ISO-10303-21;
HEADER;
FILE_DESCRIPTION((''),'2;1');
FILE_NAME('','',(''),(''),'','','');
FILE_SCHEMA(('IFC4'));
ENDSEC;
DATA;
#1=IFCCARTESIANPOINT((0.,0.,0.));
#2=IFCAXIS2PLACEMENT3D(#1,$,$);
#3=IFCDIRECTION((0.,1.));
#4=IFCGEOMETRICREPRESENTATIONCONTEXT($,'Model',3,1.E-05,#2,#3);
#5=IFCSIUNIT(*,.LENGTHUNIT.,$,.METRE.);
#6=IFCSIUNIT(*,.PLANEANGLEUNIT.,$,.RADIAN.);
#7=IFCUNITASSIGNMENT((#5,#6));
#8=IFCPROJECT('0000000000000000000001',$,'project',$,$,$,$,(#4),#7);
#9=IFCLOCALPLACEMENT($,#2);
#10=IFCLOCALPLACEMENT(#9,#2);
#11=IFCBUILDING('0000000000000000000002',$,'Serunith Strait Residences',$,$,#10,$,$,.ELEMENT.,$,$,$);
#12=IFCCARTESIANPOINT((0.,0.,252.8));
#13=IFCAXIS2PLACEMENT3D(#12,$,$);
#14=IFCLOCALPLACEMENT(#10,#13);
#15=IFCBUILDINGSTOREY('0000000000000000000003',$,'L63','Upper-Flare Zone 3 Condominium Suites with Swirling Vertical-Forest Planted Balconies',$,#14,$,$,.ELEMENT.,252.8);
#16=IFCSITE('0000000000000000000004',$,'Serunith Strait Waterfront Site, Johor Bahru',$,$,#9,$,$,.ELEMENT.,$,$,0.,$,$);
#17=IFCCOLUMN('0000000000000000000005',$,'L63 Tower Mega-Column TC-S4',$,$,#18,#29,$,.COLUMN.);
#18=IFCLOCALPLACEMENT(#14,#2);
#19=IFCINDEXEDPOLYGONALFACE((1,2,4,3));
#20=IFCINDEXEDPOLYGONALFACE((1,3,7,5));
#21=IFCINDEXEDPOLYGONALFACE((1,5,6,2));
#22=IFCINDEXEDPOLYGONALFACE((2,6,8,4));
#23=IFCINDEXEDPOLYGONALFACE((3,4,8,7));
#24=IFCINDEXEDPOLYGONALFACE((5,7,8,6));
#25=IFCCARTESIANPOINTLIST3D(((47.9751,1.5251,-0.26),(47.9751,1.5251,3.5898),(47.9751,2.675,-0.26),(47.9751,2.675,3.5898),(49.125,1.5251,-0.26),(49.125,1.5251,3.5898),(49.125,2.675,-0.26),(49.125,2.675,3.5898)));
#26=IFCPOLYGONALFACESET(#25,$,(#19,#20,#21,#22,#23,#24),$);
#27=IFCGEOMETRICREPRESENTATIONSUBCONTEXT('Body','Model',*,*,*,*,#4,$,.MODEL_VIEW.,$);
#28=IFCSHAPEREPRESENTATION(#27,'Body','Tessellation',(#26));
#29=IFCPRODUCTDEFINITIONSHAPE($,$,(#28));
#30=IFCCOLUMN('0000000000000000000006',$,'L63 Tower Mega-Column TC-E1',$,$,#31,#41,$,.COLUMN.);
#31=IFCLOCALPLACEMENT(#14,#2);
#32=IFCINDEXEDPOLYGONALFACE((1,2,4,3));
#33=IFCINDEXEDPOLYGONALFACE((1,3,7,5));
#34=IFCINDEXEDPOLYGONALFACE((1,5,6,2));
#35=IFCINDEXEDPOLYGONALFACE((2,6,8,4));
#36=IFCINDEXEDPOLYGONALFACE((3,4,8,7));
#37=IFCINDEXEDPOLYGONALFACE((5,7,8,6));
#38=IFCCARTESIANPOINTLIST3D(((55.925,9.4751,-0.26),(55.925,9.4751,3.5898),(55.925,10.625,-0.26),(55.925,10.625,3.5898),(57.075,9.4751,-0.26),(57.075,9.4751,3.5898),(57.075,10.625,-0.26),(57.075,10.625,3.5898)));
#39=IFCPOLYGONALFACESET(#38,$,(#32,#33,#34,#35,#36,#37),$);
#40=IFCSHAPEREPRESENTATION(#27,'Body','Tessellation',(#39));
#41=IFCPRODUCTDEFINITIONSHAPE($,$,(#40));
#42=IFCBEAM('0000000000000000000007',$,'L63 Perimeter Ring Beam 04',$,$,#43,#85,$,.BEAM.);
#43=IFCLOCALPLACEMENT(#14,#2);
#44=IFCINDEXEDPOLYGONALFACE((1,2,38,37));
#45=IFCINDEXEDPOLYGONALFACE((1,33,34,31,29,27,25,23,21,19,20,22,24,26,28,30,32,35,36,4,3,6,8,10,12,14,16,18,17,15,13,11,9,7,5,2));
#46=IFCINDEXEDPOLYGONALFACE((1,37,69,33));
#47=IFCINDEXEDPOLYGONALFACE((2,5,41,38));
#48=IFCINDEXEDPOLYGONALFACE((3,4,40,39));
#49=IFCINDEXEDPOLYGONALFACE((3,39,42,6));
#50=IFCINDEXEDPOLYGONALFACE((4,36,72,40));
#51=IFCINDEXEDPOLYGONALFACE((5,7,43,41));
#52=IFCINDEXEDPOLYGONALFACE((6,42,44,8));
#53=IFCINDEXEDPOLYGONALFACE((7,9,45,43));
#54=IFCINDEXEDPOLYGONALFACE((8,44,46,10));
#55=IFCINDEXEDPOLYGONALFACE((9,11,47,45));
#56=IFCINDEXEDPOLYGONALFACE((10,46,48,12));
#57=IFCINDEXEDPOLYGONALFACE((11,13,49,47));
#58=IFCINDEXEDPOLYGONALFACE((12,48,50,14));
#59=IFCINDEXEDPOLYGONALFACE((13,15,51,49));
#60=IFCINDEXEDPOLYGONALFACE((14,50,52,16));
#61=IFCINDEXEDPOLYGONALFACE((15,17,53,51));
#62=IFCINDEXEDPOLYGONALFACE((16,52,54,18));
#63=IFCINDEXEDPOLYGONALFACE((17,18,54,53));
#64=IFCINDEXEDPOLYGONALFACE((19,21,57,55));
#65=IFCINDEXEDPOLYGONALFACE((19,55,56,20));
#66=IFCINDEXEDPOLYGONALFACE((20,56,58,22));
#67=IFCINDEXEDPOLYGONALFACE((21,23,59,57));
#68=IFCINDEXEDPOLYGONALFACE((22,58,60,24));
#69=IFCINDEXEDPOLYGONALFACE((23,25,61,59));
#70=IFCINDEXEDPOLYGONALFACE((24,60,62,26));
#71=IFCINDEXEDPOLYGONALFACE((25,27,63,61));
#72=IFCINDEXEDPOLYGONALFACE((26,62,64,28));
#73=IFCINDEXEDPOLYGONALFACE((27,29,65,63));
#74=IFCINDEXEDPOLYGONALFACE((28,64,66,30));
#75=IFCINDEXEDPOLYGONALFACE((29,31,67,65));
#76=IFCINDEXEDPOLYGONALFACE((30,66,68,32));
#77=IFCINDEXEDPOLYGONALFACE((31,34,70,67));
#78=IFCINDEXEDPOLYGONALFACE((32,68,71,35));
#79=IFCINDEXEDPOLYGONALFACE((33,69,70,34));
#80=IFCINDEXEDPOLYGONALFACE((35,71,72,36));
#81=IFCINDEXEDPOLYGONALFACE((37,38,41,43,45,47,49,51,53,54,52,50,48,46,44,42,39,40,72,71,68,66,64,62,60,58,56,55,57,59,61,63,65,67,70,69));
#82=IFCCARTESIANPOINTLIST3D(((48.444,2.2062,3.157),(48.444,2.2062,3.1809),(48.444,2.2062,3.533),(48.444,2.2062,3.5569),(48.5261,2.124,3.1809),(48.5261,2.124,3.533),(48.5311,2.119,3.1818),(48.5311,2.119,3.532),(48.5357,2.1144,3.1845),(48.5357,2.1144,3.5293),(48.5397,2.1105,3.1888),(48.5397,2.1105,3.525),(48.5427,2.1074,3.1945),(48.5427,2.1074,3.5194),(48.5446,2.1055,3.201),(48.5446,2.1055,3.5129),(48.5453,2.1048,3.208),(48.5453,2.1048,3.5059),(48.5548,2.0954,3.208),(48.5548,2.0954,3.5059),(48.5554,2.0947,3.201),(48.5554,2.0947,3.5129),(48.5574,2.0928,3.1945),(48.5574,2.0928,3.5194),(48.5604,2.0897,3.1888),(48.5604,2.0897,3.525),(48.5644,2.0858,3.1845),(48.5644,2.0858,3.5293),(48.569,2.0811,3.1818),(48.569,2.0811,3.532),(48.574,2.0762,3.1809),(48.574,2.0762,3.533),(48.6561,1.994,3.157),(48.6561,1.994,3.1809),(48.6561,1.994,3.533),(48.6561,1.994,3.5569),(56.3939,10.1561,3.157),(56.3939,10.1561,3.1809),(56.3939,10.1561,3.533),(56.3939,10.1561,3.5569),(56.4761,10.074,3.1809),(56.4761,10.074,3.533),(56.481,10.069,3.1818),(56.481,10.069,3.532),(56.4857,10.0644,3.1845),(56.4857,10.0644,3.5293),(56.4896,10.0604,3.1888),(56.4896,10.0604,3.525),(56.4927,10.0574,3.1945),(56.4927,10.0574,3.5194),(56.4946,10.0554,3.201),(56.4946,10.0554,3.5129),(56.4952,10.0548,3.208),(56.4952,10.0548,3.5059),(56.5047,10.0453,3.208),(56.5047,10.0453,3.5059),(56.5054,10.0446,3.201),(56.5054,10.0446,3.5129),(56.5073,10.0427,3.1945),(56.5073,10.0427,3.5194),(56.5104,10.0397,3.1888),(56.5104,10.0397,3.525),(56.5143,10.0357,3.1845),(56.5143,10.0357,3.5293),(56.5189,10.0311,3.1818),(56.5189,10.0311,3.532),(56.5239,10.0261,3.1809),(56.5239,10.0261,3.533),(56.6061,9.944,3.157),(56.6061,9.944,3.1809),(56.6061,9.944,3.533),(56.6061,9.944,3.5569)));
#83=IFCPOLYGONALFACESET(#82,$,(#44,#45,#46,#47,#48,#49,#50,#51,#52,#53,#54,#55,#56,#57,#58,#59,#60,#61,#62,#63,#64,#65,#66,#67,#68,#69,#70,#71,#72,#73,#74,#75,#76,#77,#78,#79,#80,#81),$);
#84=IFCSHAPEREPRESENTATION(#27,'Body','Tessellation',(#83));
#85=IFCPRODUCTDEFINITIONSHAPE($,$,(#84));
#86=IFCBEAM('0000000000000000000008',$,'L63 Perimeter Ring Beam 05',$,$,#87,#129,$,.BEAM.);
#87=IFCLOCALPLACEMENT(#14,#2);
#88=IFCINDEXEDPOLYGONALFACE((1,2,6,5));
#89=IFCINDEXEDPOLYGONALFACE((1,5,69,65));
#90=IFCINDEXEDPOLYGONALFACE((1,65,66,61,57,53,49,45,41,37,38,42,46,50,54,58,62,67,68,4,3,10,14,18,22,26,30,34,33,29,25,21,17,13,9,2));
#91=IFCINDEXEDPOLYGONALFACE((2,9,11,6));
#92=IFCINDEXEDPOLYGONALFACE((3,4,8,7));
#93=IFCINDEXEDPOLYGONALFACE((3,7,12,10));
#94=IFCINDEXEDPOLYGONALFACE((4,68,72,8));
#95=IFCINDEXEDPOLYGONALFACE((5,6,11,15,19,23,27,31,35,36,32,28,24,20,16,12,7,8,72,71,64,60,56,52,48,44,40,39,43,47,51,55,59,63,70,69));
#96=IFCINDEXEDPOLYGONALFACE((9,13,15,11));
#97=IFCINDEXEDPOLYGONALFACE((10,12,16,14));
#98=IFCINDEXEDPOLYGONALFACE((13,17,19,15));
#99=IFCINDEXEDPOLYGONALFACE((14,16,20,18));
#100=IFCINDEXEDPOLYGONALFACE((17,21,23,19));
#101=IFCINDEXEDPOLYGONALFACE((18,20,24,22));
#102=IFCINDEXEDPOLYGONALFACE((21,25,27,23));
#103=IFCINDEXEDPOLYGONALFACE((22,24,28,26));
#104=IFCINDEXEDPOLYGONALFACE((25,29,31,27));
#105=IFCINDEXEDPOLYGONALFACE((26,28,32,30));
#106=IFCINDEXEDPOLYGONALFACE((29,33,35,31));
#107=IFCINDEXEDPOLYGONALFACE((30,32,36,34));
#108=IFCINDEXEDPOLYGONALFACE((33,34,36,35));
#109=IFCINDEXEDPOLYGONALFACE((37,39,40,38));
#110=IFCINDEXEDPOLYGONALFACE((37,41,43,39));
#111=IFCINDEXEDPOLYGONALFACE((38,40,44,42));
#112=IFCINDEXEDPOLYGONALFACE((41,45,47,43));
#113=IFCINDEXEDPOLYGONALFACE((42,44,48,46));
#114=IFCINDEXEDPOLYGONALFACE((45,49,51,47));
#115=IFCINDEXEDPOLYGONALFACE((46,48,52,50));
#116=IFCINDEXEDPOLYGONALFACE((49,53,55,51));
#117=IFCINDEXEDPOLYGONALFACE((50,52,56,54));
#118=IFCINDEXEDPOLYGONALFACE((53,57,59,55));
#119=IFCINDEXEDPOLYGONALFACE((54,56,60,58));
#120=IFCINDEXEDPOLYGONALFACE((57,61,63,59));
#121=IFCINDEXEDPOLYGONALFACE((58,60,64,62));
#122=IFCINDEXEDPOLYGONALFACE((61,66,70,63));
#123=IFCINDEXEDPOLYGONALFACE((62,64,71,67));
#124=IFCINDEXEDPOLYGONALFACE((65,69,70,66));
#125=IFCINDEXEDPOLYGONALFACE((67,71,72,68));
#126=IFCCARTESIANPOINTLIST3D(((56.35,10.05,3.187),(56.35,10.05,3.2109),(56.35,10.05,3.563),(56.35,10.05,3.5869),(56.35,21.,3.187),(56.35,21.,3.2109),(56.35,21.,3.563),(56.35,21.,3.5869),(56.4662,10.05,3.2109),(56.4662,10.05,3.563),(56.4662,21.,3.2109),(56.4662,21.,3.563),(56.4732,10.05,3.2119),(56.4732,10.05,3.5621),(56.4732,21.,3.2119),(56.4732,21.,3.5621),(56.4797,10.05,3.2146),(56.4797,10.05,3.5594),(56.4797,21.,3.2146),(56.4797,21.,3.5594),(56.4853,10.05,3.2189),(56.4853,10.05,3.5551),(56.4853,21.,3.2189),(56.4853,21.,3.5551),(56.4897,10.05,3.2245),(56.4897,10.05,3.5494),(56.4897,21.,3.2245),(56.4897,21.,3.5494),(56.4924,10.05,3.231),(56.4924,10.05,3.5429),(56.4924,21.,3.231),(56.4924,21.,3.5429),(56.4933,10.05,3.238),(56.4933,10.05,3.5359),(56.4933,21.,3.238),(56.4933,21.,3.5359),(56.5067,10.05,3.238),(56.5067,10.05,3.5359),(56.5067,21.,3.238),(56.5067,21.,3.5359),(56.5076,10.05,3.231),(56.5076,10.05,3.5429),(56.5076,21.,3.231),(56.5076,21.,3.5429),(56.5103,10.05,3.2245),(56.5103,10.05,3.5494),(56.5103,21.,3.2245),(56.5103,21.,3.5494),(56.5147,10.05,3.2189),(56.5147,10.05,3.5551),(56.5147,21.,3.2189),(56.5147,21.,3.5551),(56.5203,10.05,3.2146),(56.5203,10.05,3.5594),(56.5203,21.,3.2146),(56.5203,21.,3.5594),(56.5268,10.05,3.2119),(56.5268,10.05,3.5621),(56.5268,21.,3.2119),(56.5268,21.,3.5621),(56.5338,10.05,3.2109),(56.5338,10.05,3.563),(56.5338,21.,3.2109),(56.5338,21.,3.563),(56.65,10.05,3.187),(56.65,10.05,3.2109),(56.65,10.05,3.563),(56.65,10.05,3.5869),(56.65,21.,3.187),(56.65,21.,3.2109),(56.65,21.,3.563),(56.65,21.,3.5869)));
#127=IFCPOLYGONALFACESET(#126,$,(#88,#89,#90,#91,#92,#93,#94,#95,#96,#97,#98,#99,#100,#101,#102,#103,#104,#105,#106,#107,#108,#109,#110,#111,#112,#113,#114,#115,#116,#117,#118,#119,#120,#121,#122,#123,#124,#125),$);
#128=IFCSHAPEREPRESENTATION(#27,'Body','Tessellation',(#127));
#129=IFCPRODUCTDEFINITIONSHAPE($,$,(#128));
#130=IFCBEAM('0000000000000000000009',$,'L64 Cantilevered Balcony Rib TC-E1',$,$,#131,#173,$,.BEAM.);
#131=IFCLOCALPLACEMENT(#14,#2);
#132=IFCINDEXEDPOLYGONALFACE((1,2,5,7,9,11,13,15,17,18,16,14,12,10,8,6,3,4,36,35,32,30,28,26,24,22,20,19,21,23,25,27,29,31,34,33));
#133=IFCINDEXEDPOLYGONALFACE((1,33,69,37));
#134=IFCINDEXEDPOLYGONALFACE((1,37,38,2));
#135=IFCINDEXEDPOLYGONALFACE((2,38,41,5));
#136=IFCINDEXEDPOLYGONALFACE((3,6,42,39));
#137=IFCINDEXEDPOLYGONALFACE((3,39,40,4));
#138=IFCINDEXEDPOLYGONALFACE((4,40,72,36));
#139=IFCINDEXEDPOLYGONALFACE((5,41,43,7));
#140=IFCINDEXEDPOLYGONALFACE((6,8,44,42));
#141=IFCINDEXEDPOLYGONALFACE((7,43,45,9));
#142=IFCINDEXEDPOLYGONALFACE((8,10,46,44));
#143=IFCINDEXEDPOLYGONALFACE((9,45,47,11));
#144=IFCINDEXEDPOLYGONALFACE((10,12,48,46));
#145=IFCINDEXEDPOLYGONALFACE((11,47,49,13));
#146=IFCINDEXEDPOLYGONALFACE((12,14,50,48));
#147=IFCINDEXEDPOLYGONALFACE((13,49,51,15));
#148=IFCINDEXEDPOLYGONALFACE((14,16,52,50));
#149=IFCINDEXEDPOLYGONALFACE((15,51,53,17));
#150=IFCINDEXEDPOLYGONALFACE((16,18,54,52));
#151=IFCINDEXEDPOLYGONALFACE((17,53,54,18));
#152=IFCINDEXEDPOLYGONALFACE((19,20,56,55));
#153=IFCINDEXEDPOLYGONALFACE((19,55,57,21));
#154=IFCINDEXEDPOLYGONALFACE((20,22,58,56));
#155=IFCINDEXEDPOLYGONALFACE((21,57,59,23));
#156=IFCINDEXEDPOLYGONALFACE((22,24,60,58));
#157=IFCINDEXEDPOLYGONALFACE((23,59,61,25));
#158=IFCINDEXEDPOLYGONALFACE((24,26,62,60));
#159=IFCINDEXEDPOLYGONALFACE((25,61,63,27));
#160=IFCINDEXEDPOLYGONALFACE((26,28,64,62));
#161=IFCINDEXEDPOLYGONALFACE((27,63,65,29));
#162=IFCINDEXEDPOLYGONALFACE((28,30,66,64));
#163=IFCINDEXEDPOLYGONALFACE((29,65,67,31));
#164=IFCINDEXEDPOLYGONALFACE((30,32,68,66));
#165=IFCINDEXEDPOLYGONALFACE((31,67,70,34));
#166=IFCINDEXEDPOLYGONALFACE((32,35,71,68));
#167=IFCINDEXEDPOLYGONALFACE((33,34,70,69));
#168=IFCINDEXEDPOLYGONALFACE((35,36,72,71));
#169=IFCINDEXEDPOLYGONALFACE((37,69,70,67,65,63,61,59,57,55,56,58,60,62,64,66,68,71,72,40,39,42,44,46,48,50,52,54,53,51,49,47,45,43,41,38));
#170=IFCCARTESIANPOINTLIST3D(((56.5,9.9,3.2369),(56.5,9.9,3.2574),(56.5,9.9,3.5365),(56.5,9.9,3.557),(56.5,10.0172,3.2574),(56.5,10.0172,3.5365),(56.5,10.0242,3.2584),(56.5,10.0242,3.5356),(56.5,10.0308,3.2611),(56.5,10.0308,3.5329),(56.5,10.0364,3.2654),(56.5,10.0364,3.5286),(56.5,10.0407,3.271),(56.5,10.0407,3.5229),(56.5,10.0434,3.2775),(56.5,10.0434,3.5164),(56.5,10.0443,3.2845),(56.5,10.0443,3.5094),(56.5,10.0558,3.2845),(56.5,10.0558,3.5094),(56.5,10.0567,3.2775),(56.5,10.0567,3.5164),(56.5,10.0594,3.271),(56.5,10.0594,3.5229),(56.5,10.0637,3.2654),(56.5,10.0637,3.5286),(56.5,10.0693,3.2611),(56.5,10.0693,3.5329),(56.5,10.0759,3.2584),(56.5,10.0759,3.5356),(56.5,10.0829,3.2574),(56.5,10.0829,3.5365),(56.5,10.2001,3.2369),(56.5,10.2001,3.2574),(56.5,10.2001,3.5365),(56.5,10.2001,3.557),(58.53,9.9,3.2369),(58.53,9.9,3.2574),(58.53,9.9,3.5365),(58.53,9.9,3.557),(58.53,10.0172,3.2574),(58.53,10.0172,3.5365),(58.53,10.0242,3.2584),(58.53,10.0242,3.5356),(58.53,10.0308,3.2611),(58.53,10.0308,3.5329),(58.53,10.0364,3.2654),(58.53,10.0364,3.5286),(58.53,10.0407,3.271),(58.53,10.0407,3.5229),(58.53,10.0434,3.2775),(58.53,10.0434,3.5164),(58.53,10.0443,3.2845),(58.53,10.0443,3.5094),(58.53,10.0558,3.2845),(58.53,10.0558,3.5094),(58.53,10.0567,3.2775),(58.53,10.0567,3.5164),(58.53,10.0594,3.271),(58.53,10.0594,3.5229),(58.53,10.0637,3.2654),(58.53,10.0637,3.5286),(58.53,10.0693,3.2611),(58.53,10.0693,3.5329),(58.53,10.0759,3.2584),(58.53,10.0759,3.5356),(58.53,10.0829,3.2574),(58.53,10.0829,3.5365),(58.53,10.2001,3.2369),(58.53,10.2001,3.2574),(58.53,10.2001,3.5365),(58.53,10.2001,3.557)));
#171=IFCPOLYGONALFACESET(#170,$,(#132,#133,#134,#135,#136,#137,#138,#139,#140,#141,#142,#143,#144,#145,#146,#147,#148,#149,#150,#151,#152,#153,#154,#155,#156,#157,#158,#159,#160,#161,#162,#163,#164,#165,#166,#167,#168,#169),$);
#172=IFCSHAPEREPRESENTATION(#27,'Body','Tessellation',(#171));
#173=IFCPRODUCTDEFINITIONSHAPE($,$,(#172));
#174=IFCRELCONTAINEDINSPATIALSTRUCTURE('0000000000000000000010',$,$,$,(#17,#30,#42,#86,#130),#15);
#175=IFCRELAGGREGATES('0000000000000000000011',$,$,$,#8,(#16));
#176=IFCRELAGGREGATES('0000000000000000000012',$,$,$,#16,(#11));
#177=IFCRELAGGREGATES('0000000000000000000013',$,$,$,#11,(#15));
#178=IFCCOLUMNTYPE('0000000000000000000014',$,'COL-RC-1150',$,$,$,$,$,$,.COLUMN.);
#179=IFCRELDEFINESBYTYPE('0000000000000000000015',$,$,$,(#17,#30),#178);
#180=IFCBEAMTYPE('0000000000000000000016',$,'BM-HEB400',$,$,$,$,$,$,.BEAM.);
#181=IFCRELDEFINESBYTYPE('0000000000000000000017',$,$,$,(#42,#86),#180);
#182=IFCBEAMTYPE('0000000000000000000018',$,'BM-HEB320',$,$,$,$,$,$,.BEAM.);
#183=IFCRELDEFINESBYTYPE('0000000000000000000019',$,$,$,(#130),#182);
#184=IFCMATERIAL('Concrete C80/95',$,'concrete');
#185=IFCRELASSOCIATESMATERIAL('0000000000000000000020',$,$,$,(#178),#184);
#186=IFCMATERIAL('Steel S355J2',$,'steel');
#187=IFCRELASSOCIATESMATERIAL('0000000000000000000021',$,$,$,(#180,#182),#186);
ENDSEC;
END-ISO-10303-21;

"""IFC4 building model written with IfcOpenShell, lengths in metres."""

from ifc_helpers import new_model, si_unit, direction, frame, origin, origin_2d, place, context, subcontext, project, spatial, rectangle, i_section, extrude, source, transform, mapped, material, material_profile, profile_set, type_object, element, save


model = new_model("IFC4")

# Units and contexts
model_context = context("Model", 3, precision=1e-05, world=origin(), true_north=direction((0.0, 1.0)))
body_context = subcontext(model_context, "Body", "Model", "MODEL_VIEW")
ifc_project = project(units=[si_unit("LENGTHUNIT", "METRE"), si_unit("PLANEANGLEUNIT", "RADIAN")], contexts=[model_context])

# Site, building, storey
site_placement = place(None, origin())
site = spatial("IfcSite", under=ifc_project, at=site_placement, Name="Serunith Strait Waterfront Site, Johor Bahru", CompositionType="ELEMENT", RefElevation=0.0)
building_placement = place(site_placement, origin())
building = spatial("IfcBuilding", under=site, at=building_placement, Name="Serunith Strait Residences", CompositionType="ELEMENT")
storey_placement = place(building_placement, frame((0.0, 0.0, 252.8)))
storey = spatial("IfcBuildingStorey", under=building, at=storey_placement, Name="L63", Description="Upper-Flare Zone 3 Condominium Suites with Swirling Vertical-Forest Planted Balconies", CompositionType="ELEMENT", Elevation=252.8)

# Columns
ifc_material_1 = material(Name="Concrete C80/95", Category="concrete")
ifc_material_profile_1 = material_profile(ifc_material_1, rectangle(XDim=1.1499, YDim=1.1499, at=origin_2d()), Name="RC 1150x1150")
ifc_profile_set_1 = profile_set([ifc_material_profile_1], Name="Concrete C80/95")
column_type = type_object("IfcColumnType", Name="COL-RC-1150", PredefinedType="COLUMN", material=ifc_profile_set_1)
shared_shape_1 = source(origin(), body_context, "Body", "SweptSolid", [
    extrude(rectangle(XDim=1.1499, YDim=1.1499, at=origin_2d()), origin(), (0.0, 0.0, 1.0), 3.8499),
])
for number, where, z_axis, x_axis, name in (
    (1, (48.55, 2.1001, -0.26), (0.0, 0.0, 1.0), (1.0, 0.0, 0.0), "L63 Tower Mega-Column TC-S4"),
    (2, (56.5, 10.05, -0.26), (0.0, 0.0, 1.0), (1.0, 0.0, 0.0), "L63 Tower Mega-Column TC-E1"),
):
    element("IfcColumn", number, at=place(storey_placement, frame(where, z_axis=z_axis, x_axis=x_axis)), inside=storey, type_object=column_type, Name=name, PredefinedType="COLUMN", context=body_context, shape_type="MappedRepresentation", body=[
        mapped(shared_shape_1, transform((0.0, 0.0, 0.0), scale=1.0)),
    ])

# Beams
ifc_material_2 = material(Name="Steel S355J2", Category="steel")
ifc_material_profile_2 = material_profile(ifc_material_2, i_section(OverallWidth=0.3, OverallDepth=0.3999, WebThickness=0.0134, FlangeThickness=0.0239, FilletRadius=0.0271, at=origin_2d()), Name="HEB 400")
ifc_profile_set_2 = profile_set([ifc_material_profile_2], Name="Steel S355J2")
beam_type_1 = type_object("IfcBeamType", Name="BM-HEB400", PredefinedType="BEAM", material=ifc_profile_set_2)
shared_shape_2 = source(origin(), body_context, "Body", "SweptSolid", [
    extrude(i_section(OverallWidth=0.3, OverallDepth=0.3999, WebThickness=0.0134, FlangeThickness=0.0239, FilletRadius=0.0271, at=origin_2d()), origin(), (0.0, 0.0, 1.0), 11.2429),
])
beam_1_placement = place(storey_placement, frame((48.55, 2.1001, 3.3569), z_axis=(0.707107, 0.707107, 0.0), x_axis=(-0.707107, 0.707107, 0.0)))
element("IfcBeam", 3, at=beam_1_placement, inside=storey, type_object=beam_type_1, Name="L63 Perimeter Ring Beam 04", PredefinedType="BEAM", context=body_context, shape_type="MappedRepresentation", body=[
    mapped(shared_shape_2, transform((0.0, 0.0, 0.0), scale=1.0)),
])
shared_shape_3 = source(origin(), body_context, "Body", "SweptSolid", [
    extrude(i_section(OverallWidth=0.3, OverallDepth=0.3999, WebThickness=0.0134, FlangeThickness=0.0239, FilletRadius=0.0271, at=origin_2d()), origin(), (0.0, 0.0, 1.0), 10.95),
])
beam_2_placement = place(storey_placement, frame((56.5, 10.05, 3.387), z_axis=(0.0, 1.0, 0.0), x_axis=(-1.0, 0.0, 0.0)))
element("IfcBeam", 4, at=beam_2_placement, inside=storey, type_object=beam_type_1, Name="L63 Perimeter Ring Beam 05", PredefinedType="BEAM", context=body_context, shape_type="MappedRepresentation", body=[
    mapped(shared_shape_3, transform((0.0, 0.0, 0.0), scale=1.0)),
])
ifc_material_profile_3 = material_profile(ifc_material_2, i_section(OverallWidth=0.3, OverallDepth=0.3201, WebThickness=0.0115, FlangeThickness=0.0205, FilletRadius=0.0271, at=origin_2d()), Name="HEB 320")
ifc_profile_set_3 = profile_set([ifc_material_profile_3], Name="Steel S355J2")
beam_type_2 = type_object("IfcBeamType", Name="BM-HEB320", PredefinedType="BEAM", material=ifc_profile_set_3)
shared_shape_4 = source(origin(), body_context, "Body", "SweptSolid", [
    extrude(i_section(OverallWidth=0.3, OverallDepth=0.3201, WebThickness=0.0115, FlangeThickness=0.0205, FilletRadius=0.0271, at=origin_2d()), origin(), (0.0, 0.0, 1.0), 2.03),
])
beam_3_placement = place(storey_placement, frame((56.5, 10.05, 3.397), z_axis=(1.0, 0.0, 0.0), x_axis=(0.0, 1.0, 0.0)))
element("IfcBeam", 5, at=beam_3_placement, inside=storey, type_object=beam_type_2, Name="L64 Cantilevered Balcony Rib TC-E1", PredefinedType="BEAM", context=body_context, shape_type="MappedRepresentation", body=[
    mapped(shared_shape_4, transform((0.0, 0.0, 0.0), scale=1.0)),
])

save(model, "model.ifc")
